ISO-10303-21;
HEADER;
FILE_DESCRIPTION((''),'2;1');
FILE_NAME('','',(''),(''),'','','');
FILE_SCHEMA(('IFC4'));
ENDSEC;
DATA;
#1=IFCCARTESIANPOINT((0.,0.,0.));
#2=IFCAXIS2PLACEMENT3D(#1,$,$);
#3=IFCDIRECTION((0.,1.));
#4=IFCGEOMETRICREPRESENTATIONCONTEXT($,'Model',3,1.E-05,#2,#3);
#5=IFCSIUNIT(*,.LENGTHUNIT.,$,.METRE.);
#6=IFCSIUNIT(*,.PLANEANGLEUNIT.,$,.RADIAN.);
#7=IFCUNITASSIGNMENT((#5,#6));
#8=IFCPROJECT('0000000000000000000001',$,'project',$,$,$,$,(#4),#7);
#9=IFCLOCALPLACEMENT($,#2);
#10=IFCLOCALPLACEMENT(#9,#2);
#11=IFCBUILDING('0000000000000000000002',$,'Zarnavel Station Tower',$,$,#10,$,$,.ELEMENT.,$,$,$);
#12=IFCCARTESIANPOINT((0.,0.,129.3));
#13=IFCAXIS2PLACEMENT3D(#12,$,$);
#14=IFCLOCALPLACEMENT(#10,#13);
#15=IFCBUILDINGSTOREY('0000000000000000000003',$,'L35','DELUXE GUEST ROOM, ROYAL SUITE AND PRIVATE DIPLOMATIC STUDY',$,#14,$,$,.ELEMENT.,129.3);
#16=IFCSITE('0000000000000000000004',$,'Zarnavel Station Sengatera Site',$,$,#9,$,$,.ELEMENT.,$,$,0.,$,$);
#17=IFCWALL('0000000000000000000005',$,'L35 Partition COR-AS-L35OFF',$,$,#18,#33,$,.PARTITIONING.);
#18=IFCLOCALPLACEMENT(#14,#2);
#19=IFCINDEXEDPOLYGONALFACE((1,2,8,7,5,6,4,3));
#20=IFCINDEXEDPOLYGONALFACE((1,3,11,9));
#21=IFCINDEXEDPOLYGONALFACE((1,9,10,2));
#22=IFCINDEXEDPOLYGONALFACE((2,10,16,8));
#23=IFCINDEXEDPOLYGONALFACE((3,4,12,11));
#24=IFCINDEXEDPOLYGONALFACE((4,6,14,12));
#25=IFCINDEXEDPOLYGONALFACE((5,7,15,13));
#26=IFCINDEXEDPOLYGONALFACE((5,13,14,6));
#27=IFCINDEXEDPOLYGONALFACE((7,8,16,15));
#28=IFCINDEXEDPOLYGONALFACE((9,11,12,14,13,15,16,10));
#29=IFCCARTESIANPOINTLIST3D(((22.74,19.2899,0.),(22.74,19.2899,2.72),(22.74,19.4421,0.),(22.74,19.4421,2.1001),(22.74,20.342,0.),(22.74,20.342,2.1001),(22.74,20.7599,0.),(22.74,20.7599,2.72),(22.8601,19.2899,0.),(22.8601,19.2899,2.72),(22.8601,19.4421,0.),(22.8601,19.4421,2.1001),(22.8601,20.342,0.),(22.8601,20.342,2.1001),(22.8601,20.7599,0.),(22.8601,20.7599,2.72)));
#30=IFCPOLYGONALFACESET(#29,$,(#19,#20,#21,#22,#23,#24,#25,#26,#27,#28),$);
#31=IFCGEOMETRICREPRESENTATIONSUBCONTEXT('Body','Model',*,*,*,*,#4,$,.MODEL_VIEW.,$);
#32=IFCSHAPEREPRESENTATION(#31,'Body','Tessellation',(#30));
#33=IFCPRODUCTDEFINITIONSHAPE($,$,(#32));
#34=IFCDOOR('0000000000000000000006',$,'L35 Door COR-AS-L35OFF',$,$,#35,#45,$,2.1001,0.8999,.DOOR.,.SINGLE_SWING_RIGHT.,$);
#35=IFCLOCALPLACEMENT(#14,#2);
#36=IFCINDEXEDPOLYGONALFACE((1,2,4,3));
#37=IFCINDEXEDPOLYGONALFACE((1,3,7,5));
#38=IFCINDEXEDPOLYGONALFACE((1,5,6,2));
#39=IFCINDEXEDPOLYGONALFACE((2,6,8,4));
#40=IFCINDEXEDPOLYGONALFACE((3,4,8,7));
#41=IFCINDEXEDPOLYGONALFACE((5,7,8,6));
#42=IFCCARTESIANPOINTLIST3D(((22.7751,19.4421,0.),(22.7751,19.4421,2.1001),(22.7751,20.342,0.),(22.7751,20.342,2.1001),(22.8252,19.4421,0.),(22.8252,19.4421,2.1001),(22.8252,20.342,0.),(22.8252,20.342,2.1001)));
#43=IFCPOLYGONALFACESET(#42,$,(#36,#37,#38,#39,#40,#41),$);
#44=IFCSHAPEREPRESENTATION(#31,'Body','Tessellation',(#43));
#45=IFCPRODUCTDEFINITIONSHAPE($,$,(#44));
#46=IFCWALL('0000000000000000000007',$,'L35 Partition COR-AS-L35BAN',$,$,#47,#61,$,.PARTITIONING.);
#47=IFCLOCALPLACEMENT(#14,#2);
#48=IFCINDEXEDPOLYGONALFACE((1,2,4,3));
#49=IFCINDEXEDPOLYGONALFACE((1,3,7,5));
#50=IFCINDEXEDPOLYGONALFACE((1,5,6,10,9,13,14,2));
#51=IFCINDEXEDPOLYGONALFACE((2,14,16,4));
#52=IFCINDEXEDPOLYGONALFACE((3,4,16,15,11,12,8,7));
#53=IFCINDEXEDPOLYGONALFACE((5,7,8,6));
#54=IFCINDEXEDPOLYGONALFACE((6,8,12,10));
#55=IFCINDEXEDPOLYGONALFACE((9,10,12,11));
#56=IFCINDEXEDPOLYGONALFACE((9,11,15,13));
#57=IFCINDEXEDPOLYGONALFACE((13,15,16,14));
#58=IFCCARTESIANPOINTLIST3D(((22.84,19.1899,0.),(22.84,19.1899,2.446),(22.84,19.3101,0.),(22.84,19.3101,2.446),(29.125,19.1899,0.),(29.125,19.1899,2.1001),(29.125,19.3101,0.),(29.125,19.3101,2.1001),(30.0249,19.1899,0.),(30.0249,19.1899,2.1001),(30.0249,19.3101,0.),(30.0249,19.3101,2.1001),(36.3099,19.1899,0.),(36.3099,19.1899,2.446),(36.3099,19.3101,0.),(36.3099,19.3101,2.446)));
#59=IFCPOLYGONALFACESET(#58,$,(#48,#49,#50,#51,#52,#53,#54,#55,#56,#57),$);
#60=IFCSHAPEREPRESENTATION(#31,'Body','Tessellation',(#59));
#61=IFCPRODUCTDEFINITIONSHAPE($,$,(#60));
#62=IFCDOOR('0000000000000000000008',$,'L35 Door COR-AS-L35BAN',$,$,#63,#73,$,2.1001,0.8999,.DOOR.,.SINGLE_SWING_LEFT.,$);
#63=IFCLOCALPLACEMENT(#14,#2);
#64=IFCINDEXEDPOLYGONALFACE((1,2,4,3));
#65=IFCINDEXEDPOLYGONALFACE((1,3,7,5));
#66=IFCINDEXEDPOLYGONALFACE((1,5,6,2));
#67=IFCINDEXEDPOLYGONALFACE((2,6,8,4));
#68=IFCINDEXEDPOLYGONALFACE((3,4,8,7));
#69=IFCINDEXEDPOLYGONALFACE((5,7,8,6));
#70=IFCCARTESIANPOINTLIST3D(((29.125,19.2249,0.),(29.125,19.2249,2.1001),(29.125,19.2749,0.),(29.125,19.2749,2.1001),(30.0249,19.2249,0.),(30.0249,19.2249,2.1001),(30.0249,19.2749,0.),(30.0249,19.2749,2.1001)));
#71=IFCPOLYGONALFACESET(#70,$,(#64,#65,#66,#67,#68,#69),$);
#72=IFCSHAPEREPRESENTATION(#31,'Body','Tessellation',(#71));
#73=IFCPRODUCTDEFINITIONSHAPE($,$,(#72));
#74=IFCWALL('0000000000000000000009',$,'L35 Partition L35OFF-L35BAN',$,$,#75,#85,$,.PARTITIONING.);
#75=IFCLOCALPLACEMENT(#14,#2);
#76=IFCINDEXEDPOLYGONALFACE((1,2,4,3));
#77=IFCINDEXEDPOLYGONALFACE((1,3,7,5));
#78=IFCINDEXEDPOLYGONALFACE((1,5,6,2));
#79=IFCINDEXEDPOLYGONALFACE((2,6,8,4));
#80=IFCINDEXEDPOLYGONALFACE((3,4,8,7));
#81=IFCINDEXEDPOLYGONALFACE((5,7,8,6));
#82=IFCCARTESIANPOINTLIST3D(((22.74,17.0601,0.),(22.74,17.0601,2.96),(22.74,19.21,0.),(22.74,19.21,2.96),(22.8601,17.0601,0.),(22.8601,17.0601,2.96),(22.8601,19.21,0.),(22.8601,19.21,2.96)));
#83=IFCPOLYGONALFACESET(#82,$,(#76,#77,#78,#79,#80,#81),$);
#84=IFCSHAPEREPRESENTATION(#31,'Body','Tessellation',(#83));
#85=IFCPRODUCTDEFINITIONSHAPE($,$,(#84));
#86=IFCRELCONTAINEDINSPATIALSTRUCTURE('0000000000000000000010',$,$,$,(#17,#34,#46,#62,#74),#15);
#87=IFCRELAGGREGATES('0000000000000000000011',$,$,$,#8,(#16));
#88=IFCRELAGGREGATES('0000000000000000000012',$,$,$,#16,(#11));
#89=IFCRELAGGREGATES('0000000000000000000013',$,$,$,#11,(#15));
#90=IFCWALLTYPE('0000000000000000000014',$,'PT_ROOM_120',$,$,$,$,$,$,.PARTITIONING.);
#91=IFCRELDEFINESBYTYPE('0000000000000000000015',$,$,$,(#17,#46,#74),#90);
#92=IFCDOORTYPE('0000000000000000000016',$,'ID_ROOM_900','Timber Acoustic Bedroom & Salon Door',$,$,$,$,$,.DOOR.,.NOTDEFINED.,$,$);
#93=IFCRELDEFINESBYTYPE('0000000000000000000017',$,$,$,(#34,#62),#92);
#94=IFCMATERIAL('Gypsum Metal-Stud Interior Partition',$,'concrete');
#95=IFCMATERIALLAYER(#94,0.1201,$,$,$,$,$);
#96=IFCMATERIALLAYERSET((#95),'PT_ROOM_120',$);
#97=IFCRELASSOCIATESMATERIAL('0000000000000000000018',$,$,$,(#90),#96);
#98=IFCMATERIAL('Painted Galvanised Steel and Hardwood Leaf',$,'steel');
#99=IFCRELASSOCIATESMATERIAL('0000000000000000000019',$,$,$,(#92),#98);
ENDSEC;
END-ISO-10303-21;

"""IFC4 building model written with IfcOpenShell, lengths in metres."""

from ifc_helpers import new_model, si_unit, direction, frame, frame_2d, origin, place, context, subcontext, project, spatial, rectangle, extrude, material, layer, layer_set, type_object, element, fill, save


model = new_model("IFC4")

# Units and contexts
model_context = context("Model", 3, precision=1e-05, world=origin(), true_north=direction((0.0, 1.0)))
body_context = subcontext(model_context, "Body", "Model", "MODEL_VIEW")
ifc_project = project(units=[si_unit("LENGTHUNIT", "METRE"), si_unit("PLANEANGLEUNIT", "RADIAN")], contexts=[model_context])

# Site, building, storey
site_placement = place(None, origin())
site = spatial("IfcSite", under=ifc_project, at=site_placement, Name="Zarnavel Station Sengatera Site", CompositionType="ELEMENT", RefElevation=0.0)
building_placement = place(site_placement, origin())
building = spatial("IfcBuilding", under=site, at=building_placement, Name="Zarnavel Station Tower", CompositionType="ELEMENT")
storey_placement = place(building_placement, frame((0.0, 0.0, 129.3)))
storey = spatial("IfcBuildingStorey", under=building, at=storey_placement, Name="L35", Description="DELUXE GUEST ROOM, ROYAL SUITE AND PRIVATE DIPLOMATIC STUDY", CompositionType="ELEMENT", Elevation=129.3)

# Walls, openings, doors
ifc_material_1 = material(Name="Gypsum Metal-Stud Interior Partition", Category="concrete")
ifc_layer_1 = layer(ifc_material_1, 0.1201)
ifc_layer_set_1 = layer_set([ifc_layer_1], Name="PT_ROOM_120")
wall_type_1 = type_object("IfcWallType", Name="PT_ROOM_120", PredefinedType="PARTITIONING", material=ifc_layer_set_1)
wall_1_placement = place(storey_placement, frame((22.8, 19.29, 0.0), z_axis=(0.0, 0.0, 1.0), x_axis=(0.0, 1.0, 0.0)))
wall_1 = element("IfcWall", 1, at=wall_1_placement, inside=storey, type_object=wall_type_1, Name="L35 Partition COR-AS-L35OFF", PredefinedType="PARTITIONING", context=body_context, shape_type="SweptSolid", body=[
    extrude(rectangle(XDim=1.47, YDim=0.1201, at=frame_2d((0.7349, 0.0))), origin(), (0.0, 0.0, 1.0), 2.72),
])
opening_1_placement = place(wall_1_placement, frame((0.1521, 0.0, 0.0)))
opening_1 = element("IfcOpeningElement", 2, at=opening_1_placement, cuts=wall_1, PredefinedType="OPENING", context=body_context, shape_type="SweptSolid", body=[
    extrude(rectangle(XDim=0.8999, YDim=2.1001, at=frame_2d((0.45, 1.05))), frame((0.0, 0.0701, 0.0), z_axis=(0.0, -1.0, 0.0), x_axis=(1.0, 0.0, 0.0)), (0.0, 0.0, 1.0), 0.1401),
])
ifc_material_2 = material(Name="Painted Galvanised Steel and Hardwood Leaf", Category="steel")
door_type = type_object("IfcDoorType", Name="ID_ROOM_900", Description="Timber Acoustic Bedroom & Salon Door", OperationType="NOTDEFINED", PredefinedType="DOOR", material=ifc_material_2)
door_1_placement = place(opening_1_placement, origin())
door_1 = element("IfcDoor", 3, at=door_1_placement, inside=storey, type_object=door_type, Name="L35 Door COR-AS-L35OFF", OperationType="SINGLE_SWING_RIGHT", OverallHeight=2.1001, OverallWidth=0.8999, PredefinedType="DOOR", context=body_context, shape_type="SweptSolid", body=[
    extrude(rectangle(XDim=0.8999, YDim=2.1001, at=frame_2d((0.45, 1.05))), frame((0.0, 0.0249, 0.0), z_axis=(0.0, -1.0, 0.0), x_axis=(1.0, 0.0, 0.0)), (0.0, 0.0, 1.0), 0.05),
])
fill(opening_1, door_1)
wall_2_placement = place(storey_placement, frame((22.8401, 19.25, 0.0), z_axis=(0.0, 0.0, 1.0), x_axis=(1.0, 0.0, 0.0)))
wall_2 = element("IfcWall", 4, at=wall_2_placement, inside=storey, type_object=wall_type_1, Name="L35 Partition COR-AS-L35BAN", PredefinedType="PARTITIONING", context=body_context, shape_type="SweptSolid", body=[
    extrude(rectangle(XDim=13.47, YDim=0.1201, at=frame_2d((6.7349, 0.0))), origin(), (0.0, 0.0, 1.0), 2.446),
])
opening_2_placement = place(wall_2_placement, frame((6.2849, 0.0, 0.0)))
opening_2 = element("IfcOpeningElement", 5, at=opening_2_placement, cuts=wall_2, PredefinedType="OPENING", context=body_context, shape_type="SweptSolid", body=[
    extrude(rectangle(XDim=0.8999, YDim=2.1001, at=frame_2d((0.45, 1.05))), frame((0.0, 0.0701, 0.0), z_axis=(0.0, -1.0, 0.0), x_axis=(1.0, 0.0, 0.0)), (0.0, 0.0, 1.0), 0.1401),
])
door_2_placement = place(opening_2_placement, origin())
door_2 = element("IfcDoor", 6, at=door_2_placement, inside=storey, type_object=door_type, Name="L35 Door COR-AS-L35BAN", OperationType="SINGLE_SWING_LEFT", OverallHeight=2.1001, OverallWidth=0.8999, PredefinedType="DOOR", context=body_context, shape_type="SweptSolid", body=[
    extrude(rectangle(XDim=0.8999, YDim=2.1001, at=frame_2d((0.45, 1.05))), frame((0.0, 0.0249, 0.0), z_axis=(0.0, -1.0, 0.0), x_axis=(1.0, 0.0, 0.0)), (0.0, 0.0, 1.0), 0.05),
])
fill(opening_2, door_2)

# Wall
wall_3_placement = place(storey_placement, frame((22.8, 17.0601, 0.0), z_axis=(0.0, 0.0, 1.0), x_axis=(0.0, 1.0, 0.0)))
element("IfcWall", 7, at=wall_3_placement, inside=storey, type_object=wall_type_1, Name="L35 Partition L35OFF-L35BAN", PredefinedType="PARTITIONING", context=body_context, shape_type="SweptSolid", body=[
    extrude(rectangle(XDim=2.1499, YDim=0.1201, at=frame_2d((1.075, 0.0))), origin(), (0.0, 0.0, 1.0), 2.96),
])

save(model, "model.ifc")
